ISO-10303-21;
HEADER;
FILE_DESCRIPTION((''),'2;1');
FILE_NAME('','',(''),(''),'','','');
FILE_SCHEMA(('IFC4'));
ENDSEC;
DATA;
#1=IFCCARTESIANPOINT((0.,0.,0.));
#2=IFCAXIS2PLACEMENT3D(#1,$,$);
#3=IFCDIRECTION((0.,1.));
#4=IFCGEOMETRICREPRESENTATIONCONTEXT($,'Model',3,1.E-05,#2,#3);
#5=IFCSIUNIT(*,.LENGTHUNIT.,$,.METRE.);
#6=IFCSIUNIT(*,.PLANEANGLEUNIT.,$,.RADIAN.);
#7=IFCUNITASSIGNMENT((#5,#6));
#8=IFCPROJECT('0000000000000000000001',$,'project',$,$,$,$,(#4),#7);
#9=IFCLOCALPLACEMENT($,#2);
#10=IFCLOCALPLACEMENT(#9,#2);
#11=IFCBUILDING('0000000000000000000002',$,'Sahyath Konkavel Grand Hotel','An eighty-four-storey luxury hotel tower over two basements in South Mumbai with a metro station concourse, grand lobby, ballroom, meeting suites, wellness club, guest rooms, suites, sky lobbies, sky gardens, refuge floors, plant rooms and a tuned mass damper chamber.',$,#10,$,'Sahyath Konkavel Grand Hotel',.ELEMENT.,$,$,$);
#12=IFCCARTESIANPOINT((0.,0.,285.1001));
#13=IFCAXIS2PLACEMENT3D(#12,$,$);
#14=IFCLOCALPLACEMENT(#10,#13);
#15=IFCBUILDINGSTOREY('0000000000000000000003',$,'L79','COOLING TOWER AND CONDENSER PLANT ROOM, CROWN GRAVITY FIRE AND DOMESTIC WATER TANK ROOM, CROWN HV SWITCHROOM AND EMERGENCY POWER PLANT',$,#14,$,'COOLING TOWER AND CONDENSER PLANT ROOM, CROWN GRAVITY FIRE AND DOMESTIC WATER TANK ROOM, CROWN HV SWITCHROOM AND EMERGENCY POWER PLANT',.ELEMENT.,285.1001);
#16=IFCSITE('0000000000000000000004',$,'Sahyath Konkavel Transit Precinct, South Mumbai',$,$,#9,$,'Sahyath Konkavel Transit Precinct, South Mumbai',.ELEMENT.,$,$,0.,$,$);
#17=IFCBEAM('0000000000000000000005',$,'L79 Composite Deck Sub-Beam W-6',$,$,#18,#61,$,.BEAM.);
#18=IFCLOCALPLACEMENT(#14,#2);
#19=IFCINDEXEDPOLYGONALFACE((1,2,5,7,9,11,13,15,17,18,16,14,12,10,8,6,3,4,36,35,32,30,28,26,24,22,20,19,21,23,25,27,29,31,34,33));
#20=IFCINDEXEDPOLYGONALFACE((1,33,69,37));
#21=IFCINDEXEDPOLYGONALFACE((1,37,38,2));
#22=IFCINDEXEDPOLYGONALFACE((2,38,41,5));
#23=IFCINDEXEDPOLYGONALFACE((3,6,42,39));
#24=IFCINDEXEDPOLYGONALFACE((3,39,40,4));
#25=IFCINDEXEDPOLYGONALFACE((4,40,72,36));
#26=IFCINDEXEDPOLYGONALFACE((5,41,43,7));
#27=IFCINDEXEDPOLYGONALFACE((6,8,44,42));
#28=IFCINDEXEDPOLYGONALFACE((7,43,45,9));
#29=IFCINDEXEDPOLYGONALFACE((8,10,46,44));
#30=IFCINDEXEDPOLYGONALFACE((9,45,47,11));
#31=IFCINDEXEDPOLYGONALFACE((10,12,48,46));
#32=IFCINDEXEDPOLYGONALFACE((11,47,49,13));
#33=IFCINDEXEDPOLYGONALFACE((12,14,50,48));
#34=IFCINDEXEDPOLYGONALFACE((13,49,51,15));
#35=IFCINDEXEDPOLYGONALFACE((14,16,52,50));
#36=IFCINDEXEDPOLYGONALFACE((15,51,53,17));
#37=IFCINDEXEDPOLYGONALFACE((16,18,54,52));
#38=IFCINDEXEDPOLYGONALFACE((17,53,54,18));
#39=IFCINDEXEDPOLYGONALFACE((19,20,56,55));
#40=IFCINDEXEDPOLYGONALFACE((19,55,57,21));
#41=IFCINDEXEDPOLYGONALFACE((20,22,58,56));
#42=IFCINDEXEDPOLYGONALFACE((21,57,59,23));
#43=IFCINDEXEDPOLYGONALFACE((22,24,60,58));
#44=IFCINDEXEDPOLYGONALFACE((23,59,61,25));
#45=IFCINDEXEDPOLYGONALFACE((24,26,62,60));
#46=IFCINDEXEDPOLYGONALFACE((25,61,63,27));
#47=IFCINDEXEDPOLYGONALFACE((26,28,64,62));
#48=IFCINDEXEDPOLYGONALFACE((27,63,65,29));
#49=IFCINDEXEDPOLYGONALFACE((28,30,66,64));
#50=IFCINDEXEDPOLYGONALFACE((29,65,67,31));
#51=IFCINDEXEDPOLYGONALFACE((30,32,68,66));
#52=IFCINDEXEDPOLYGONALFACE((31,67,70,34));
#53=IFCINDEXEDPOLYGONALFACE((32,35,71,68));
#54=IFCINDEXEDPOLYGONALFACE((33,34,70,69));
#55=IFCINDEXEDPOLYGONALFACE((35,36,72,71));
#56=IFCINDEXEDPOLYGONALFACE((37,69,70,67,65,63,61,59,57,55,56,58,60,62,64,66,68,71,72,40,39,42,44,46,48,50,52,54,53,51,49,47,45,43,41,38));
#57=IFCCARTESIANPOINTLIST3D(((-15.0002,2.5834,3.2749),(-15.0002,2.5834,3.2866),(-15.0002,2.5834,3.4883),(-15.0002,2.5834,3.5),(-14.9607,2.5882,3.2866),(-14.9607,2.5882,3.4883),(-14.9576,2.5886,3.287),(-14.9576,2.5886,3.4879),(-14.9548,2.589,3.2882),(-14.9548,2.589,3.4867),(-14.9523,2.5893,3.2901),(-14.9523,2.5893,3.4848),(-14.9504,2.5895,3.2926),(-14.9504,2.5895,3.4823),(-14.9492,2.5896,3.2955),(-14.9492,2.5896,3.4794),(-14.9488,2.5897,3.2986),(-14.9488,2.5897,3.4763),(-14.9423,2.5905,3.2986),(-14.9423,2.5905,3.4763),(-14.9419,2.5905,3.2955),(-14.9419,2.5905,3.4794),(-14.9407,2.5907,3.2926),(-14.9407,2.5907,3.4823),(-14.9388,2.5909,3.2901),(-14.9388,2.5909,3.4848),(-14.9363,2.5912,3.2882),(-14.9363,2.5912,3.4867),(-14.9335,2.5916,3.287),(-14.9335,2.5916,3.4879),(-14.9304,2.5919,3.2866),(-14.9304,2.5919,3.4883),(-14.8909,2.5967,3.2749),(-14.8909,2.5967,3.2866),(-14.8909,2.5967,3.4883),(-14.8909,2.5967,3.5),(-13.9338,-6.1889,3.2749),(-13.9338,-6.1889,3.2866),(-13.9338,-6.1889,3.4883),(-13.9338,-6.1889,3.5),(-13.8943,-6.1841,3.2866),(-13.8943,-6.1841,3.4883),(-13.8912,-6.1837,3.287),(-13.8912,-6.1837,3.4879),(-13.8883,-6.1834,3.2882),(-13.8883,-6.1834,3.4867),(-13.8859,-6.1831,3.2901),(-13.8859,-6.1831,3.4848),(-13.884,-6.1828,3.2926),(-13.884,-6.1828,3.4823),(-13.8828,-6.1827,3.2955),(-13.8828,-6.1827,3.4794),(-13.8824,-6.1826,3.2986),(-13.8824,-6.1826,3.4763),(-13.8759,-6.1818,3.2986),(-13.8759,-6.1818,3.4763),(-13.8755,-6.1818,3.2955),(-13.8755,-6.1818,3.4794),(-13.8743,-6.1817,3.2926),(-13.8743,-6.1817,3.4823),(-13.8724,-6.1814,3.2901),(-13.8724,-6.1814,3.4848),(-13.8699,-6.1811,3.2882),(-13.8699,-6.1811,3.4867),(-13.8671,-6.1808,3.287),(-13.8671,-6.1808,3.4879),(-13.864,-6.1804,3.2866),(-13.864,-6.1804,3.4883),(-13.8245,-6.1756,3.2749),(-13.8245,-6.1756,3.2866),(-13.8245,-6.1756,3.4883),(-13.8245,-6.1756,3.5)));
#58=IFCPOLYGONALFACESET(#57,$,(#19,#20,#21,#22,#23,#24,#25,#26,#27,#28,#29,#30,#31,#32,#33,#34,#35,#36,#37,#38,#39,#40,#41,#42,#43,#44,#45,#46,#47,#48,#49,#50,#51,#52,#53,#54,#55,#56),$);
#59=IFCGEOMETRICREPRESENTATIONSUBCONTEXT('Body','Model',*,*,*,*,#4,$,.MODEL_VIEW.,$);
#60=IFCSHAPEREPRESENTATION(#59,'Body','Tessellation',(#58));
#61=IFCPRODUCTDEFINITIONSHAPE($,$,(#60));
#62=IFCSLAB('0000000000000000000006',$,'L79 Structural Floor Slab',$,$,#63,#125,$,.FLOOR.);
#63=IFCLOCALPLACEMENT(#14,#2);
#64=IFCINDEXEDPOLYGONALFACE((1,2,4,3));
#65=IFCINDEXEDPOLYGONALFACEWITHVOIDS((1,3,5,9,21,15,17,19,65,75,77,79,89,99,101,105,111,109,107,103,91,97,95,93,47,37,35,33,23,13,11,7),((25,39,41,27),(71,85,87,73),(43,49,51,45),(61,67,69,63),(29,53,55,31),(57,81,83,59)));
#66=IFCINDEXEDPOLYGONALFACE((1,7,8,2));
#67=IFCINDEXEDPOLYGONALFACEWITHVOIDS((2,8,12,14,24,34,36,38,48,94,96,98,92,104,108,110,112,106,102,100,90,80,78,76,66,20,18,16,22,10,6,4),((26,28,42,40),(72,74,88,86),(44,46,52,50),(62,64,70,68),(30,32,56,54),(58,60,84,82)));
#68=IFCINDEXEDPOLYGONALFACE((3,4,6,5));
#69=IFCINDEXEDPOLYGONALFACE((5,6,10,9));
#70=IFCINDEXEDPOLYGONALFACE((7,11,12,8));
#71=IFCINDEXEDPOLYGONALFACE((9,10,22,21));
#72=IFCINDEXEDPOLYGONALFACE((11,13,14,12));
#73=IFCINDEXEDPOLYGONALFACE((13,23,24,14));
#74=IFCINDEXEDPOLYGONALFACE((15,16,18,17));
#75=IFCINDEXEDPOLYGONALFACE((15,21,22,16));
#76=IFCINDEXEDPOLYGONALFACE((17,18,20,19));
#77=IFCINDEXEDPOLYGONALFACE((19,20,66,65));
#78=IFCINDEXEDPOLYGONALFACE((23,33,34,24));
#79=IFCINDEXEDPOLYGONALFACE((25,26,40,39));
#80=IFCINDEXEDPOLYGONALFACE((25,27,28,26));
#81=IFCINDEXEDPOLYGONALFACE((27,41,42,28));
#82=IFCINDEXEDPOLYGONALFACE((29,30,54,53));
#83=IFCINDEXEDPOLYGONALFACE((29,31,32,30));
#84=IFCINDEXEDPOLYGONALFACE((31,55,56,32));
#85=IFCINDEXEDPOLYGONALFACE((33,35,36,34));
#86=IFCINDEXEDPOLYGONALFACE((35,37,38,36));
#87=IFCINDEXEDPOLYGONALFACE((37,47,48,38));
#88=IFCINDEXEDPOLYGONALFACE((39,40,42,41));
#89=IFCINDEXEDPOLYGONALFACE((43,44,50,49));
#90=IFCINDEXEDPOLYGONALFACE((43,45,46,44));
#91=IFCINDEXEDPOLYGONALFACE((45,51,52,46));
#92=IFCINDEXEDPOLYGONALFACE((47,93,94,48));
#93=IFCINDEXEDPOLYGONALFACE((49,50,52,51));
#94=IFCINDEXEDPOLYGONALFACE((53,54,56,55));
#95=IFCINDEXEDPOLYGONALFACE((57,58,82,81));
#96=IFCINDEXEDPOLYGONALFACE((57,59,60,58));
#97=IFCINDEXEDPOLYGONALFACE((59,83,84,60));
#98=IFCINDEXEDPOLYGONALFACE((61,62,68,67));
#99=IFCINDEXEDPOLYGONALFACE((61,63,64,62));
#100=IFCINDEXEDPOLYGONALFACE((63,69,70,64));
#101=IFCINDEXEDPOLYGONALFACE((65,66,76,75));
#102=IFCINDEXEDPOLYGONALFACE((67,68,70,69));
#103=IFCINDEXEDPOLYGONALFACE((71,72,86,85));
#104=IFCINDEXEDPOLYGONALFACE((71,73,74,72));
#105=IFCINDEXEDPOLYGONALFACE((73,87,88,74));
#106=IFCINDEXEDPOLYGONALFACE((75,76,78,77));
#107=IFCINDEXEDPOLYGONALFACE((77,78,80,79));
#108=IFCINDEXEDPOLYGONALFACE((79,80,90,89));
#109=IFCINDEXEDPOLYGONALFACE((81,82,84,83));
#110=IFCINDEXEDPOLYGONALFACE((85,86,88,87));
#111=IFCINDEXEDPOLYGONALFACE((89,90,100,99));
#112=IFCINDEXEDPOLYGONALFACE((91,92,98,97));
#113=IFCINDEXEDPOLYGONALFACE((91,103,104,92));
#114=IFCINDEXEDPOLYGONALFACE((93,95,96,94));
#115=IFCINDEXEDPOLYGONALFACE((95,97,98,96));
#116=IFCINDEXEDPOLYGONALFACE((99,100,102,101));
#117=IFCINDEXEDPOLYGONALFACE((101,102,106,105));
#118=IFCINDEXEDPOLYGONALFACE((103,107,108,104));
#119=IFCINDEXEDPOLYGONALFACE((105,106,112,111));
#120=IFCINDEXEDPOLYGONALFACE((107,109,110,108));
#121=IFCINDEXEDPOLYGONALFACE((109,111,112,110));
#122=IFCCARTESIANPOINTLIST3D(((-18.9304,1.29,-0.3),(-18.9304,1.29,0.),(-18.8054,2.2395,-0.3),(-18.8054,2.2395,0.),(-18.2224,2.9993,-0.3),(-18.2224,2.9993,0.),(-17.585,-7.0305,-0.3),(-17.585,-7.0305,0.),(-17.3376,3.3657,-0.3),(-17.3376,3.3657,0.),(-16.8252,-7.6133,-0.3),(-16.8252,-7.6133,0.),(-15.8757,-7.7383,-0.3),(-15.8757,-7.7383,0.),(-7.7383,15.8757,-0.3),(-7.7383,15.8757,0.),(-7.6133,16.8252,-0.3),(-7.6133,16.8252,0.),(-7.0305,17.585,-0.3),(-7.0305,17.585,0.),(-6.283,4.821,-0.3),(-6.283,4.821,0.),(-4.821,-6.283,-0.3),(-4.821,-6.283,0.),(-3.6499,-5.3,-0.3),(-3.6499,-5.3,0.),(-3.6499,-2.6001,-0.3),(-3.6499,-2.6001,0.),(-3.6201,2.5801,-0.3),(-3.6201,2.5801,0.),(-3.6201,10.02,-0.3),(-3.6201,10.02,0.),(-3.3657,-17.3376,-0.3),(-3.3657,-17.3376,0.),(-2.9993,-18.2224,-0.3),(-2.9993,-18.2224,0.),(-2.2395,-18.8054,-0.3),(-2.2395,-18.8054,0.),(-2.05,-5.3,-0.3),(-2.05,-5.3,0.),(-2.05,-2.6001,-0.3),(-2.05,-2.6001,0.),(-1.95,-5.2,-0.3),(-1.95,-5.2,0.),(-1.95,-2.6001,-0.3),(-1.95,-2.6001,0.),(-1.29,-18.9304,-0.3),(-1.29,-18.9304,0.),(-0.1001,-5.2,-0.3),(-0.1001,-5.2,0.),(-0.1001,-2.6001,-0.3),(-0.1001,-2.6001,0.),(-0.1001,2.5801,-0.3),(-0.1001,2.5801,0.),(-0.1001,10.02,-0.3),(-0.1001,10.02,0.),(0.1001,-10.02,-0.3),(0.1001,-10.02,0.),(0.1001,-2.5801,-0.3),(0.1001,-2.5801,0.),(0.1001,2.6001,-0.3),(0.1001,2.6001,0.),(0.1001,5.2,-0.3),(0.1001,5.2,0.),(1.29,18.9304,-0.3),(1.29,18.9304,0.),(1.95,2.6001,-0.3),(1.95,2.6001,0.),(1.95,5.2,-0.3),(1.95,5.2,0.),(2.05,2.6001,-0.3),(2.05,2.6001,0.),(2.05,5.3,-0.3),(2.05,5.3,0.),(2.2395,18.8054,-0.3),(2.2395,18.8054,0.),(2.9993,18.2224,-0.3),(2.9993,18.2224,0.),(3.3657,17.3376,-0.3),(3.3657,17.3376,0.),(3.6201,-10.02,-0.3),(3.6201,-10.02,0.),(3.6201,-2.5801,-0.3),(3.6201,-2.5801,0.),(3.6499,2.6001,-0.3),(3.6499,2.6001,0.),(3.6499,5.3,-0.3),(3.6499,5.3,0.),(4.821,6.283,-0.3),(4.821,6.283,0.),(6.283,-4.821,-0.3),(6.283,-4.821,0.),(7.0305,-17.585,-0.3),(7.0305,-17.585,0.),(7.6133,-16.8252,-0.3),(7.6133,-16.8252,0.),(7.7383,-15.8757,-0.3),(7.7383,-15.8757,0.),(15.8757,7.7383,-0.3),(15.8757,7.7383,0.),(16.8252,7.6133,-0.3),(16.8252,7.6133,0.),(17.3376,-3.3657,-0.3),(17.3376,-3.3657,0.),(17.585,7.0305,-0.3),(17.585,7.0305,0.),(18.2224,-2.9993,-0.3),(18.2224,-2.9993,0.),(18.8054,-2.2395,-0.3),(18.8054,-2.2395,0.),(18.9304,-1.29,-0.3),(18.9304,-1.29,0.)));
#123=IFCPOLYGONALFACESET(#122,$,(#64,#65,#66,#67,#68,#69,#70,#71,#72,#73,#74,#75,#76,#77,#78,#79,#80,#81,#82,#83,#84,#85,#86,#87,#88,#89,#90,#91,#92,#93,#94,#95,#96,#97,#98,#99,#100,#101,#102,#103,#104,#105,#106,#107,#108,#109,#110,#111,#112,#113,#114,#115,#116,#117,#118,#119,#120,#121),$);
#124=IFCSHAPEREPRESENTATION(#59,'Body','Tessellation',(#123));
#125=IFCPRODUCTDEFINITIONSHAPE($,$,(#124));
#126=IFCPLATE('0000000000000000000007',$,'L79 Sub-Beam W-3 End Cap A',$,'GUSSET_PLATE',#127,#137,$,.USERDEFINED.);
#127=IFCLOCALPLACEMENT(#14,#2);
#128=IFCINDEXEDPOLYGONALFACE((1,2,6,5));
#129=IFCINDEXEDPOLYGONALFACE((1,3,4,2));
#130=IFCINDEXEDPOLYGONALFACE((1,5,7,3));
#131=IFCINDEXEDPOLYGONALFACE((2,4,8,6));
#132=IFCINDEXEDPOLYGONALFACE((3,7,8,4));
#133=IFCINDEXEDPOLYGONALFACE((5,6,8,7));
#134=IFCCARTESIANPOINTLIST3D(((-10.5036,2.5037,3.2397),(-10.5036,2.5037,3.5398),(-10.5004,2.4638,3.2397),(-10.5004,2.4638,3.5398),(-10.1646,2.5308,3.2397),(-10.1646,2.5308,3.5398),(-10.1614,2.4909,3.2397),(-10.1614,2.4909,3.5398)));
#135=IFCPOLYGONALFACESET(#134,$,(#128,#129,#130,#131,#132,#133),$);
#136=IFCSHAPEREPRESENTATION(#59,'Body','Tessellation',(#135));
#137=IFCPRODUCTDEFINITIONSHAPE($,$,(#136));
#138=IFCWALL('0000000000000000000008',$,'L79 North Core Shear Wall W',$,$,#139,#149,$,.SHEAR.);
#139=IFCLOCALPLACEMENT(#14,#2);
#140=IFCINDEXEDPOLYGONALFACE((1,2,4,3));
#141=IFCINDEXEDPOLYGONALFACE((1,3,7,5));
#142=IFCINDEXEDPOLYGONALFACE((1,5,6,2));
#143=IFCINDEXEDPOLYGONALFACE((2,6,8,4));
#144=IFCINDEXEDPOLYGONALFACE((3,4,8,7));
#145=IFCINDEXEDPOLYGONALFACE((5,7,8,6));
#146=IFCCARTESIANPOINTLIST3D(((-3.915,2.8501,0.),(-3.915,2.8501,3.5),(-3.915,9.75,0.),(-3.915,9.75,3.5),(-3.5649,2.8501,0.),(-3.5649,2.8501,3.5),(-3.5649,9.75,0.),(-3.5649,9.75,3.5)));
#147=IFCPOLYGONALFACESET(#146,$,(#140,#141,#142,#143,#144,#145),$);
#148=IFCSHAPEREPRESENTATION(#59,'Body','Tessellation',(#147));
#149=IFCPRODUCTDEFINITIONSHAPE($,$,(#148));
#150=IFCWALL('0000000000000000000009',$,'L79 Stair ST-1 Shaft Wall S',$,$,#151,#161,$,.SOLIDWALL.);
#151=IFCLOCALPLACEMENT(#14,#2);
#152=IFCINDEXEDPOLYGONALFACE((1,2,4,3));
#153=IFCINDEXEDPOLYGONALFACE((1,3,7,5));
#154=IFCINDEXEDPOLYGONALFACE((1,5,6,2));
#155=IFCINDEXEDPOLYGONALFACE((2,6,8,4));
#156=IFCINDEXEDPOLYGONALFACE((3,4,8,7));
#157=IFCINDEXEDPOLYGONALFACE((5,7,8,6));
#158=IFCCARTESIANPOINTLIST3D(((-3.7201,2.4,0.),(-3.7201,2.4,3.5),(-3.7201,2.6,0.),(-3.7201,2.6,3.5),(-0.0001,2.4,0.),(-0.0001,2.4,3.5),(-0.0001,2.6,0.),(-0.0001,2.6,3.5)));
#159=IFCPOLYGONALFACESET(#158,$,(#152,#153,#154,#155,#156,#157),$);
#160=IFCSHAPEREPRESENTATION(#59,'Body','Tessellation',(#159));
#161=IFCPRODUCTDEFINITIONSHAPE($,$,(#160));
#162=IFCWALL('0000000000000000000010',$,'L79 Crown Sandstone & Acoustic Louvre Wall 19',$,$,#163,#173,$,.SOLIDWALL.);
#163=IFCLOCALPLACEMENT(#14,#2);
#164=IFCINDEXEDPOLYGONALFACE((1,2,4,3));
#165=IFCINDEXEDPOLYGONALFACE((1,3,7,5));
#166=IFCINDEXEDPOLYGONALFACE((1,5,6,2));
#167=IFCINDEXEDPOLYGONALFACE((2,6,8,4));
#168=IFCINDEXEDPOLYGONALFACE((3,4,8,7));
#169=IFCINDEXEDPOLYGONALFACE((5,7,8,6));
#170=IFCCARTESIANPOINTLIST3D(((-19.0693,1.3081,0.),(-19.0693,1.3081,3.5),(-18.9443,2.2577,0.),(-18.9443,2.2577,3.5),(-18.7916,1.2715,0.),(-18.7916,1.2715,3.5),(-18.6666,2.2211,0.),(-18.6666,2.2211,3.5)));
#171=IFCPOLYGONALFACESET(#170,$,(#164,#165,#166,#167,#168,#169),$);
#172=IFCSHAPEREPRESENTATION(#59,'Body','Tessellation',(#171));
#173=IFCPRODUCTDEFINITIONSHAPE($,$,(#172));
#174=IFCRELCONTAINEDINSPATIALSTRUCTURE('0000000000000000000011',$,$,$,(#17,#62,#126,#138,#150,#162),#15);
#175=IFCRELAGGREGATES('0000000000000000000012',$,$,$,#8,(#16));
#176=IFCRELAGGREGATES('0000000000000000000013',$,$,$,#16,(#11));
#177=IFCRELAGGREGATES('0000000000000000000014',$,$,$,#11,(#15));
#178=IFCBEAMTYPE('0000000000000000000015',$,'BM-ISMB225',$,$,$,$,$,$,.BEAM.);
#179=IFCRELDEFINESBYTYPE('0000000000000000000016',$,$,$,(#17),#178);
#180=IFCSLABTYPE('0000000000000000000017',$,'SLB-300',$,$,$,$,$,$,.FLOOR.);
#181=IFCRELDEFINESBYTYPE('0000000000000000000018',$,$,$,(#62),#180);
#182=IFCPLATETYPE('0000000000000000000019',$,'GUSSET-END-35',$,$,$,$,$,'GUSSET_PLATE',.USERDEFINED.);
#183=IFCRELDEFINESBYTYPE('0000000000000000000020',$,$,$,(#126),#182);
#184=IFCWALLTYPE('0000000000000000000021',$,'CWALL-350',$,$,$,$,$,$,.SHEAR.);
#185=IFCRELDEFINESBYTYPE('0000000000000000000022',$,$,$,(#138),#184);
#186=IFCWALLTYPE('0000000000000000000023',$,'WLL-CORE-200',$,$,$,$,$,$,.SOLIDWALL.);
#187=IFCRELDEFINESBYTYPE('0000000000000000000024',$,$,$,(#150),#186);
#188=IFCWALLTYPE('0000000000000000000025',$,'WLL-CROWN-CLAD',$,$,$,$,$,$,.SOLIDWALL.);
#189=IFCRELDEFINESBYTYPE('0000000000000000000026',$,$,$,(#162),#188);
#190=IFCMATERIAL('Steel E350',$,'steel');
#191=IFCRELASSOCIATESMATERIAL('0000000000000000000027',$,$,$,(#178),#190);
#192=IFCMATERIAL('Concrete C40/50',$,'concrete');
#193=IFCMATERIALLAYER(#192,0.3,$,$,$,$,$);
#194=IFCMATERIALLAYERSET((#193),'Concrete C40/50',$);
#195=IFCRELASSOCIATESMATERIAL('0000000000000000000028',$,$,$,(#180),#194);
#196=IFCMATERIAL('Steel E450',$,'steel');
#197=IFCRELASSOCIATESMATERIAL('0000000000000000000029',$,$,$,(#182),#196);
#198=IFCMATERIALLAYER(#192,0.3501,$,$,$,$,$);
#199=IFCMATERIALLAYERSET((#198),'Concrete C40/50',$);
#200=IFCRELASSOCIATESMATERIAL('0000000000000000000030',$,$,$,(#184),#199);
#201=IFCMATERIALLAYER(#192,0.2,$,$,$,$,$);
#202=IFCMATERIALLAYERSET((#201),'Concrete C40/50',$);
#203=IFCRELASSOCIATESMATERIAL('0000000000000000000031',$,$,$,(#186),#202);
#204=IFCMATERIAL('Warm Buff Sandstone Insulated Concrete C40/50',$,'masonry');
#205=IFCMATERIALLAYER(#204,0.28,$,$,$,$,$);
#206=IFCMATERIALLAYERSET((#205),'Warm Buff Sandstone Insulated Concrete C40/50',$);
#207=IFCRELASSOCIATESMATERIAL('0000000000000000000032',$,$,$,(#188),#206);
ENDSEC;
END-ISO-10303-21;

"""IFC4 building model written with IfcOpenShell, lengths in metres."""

from ifc_helpers import new_model, si_unit, direction, frame, frame_2d, origin, origin_2d, place, context, subcontext, project, spatial, polyline, rectangle, i_section, outline, extrude, source, transform, mapped, material, layer, layer_set, material_profile, profile_set, type_object, element, save


model = new_model("IFC4")

# Units and contexts
model_context = context("Model", 3, precision=1e-05, world=origin(), true_north=direction((0.0, 1.0)))
body_context = subcontext(model_context, "Body", "Model", "MODEL_VIEW")
ifc_project = project(units=[si_unit("LENGTHUNIT", "METRE"), si_unit("PLANEANGLEUNIT", "RADIAN")], contexts=[model_context])

# Site, building, storey
site_placement = place(None, origin())
site = spatial("IfcSite", under=ifc_project, at=site_placement, Name="Sahyath Konkavel Transit Precinct, South Mumbai", LongName="Sahyath Konkavel Transit Precinct, South Mumbai", CompositionType="ELEMENT", RefElevation=0.0)
building_placement = place(site_placement, origin())
building = spatial("IfcBuilding", under=site, at=building_placement, Name="Sahyath Konkavel Grand Hotel", Description="An eighty-four-storey luxury hotel tower over two basements in South Mumbai with a metro station concourse, grand lobby, ballroom, meeting suites, wellness club, guest rooms, suites, sky lobbies, sky gardens, refuge floors, plant rooms and a tuned mass damper chamber.", LongName="Sahyath Konkavel Grand Hotel", CompositionType="ELEMENT")
storey_placement = place(building_placement, frame((0.0, 0.0, 285.1001)))
storey = spatial("IfcBuildingStorey", under=building, at=storey_placement, Name="L79", Description="COOLING TOWER AND CONDENSER PLANT ROOM, CROWN GRAVITY FIRE AND DOMESTIC WATER TANK ROOM, CROWN HV SWITCHROOM AND EMERGENCY POWER PLANT", LongName="COOLING TOWER AND CONDENSER PLANT ROOM, CROWN GRAVITY FIRE AND DOMESTIC WATER TANK ROOM, CROWN HV SWITCHROOM AND EMERGENCY POWER PLANT", CompositionType="ELEMENT", Elevation=285.1001)

# Shared definitions
ifc_material_1 = material(Name="Concrete C40/50", Category="concrete")

# Beam
ifc_material_2 = material(Name="Steel E350", Category="steel")
ifc_material_profile_1 = material_profile(ifc_material_2, i_section(OverallWidth=0.1101, OverallDepth=0.2251, WebThickness=0.0066, FlangeThickness=0.0117, FilletRadius=0.012, at=origin_2d()), Name="ISMB 225")
ifc_profile_set_1 = profile_set([ifc_material_profile_1], Name="Steel E350")
beam_type_1 = type_object("IfcBeamType", Name="BM-ISMB225", PredefinedType="BEAM", material=ifc_profile_set_1)
shared_shape_1 = source(origin(), body_context, "Body", "SweptSolid", [
    extrude(i_section(OverallWidth=0.1101, OverallDepth=0.2251, WebThickness=0.0066, FlangeThickness=0.0117, FilletRadius=0.012, at=origin_2d()), origin(), (0.0, 0.0, 1.0), 8.8369),
])
beam_1_placement = place(storey_placement, frame((-14.9456, 2.5901, 3.3875), z_axis=(0.120678, -0.992692, 0.0), x_axis=(0.992692, 0.120678, 0.0)))
element("IfcBeam", 1, at=beam_1_placement, inside=storey, type_object=beam_type_1, Name="L79 Composite Deck Sub-Beam W-6", PredefinedType="BEAM", context=body_context, shape_type="MappedRepresentation", body=[
    mapped(shared_shape_1, transform((0.0, 0.0, 0.0), scale=1.0)),
])

# Slab
ifc_layer_1 = layer(ifc_material_1, 0.3)
ifc_layer_set_1 = layer_set([ifc_layer_1], Name="Concrete C40/50")
slab_type = type_object("IfcSlabType", Name="SLB-300", PredefinedType="FLOOR", material=ifc_layer_set_1)
slab_placement = place(storey_placement, frame((0.0, 0.0, -0.3)))
element("IfcSlab", 2, at=slab_placement, inside=storey, type_object=slab_type, Name="L79 Structural Floor Slab", PredefinedType="FLOOR", context=body_context, shape_type="SweptSolid", body=[
    extrude(outline(polyline([(6.283, -4.821), (17.3376, -3.3657), (18.2224, -2.9993), (18.8054, -2.2395), (18.9304, -1.29), (17.585, 7.0305), (16.8252, 7.6133), (15.8757, 7.7383), (4.821, 6.283), (3.3657, 17.3376), (2.9993, 18.2224), (2.2395, 18.8054), (1.29, 18.9304), (-7.0305, 17.585), (-7.6133, 16.8252), (-7.7383, 15.8757), (-6.283, 4.821), (-17.3376, 3.3657), (-18.2224, 2.9993), (-18.8054, 2.2395), (-18.9304, 1.29), (-17.585, -7.0305), (-16.8252, -7.6133), (-15.8757, -7.7383), (-4.821, -6.283), (-3.3657, -17.3376), (-2.9993, -18.2224), (-2.2395, -18.8054), (-1.29, -18.9304), (7.0305, -17.585), (7.6133, -16.8252), (7.7383, -15.8757), (6.283, -4.821)]), holes=[polyline([(-3.6201, 2.5801), (-0.1001, 2.5801), (-0.1001, 10.02), (-3.6201, 10.02), (-3.6201, 2.5801)]), polyline([(0.1001, -10.02), (3.6201, -10.02), (3.6201, -2.5801), (0.1001, -2.5801), (0.1001, -10.02)]), polyline([(0.1001, 2.6001), (1.95, 2.6001), (1.95, 5.2), (0.1001, 5.2), (0.1001, 2.6001)]), polyline([(-1.95, -5.2), (-0.1001, -5.2), (-0.1001, -2.6001), (-1.95, -2.6001), (-1.95, -5.2)]), polyline([(2.05, 2.6001), (3.6499, 2.6001), (3.6499, 5.3), (2.05, 5.3), (2.05, 2.6001)]), polyline([(-3.6499, -5.3), (-2.05, -5.3), (-2.05, -2.6001), (-3.6499, -2.6001), (-3.6499, -5.3)])]), origin(), (0.0, 0.0, 1.0), 0.3),
])

# Plate
ifc_material_3 = material(Name="Steel E450", Category="steel")
plate_type = type_object("IfcPlateType", Name="GUSSET-END-35", ElementType="GUSSET_PLATE", PredefinedType="USERDEFINED", material=ifc_material_3)
shared_shape_2 = source(origin(), body_context, "Body", "SweptSolid", [
    extrude(rectangle(XDim=0.04, YDim=0.3401, at=origin_2d()), origin(), (0.0, 0.0, 1.0), 0.3),
])
plate_placement = place(storey_placement, frame((-10.3325, 2.4973, 3.2397), z_axis=(0.0, 0.0, 1.0), x_axis=(0.079607, -0.996826, 0.0)))
element("IfcPlate", 3, at=plate_placement, inside=storey, type_object=plate_type, Name="L79 Sub-Beam W-3 End Cap A", ObjectType="GUSSET_PLATE", PredefinedType="USERDEFINED", context=body_context, shape_type="MappedRepresentation", body=[
    mapped(shared_shape_2, transform((0.0, 0.0, 0.0), scale=1.0)),
])

# Walls
ifc_layer_2 = layer(ifc_material_1, 0.3501)
ifc_layer_set_2 = layer_set([ifc_layer_2], Name="Concrete C40/50")
wall_type_1 = type_object("IfcWallType", Name="CWALL-350", PredefinedType="SHEAR", material=ifc_layer_set_2)
wall_1_placement = place(storey_placement, frame((-3.74, 2.8501, 0.0), z_axis=(0.0, 0.0, 1.0), x_axis=(0.0, 1.0, 0.0)))
element("IfcWall", 4, at=wall_1_placement, inside=storey, type_object=wall_type_1, Name="L79 North Core Shear Wall W", PredefinedType="SHEAR", context=body_context, shape_type="SweptSolid", body=[
    extrude(rectangle(XDim=6.8999, YDim=0.3501, at=frame_2d((3.45, 0.0))), origin(), (0.0, 0.0, 1.0), 3.5),
])
ifc_layer_3 = layer(ifc_material_1, 0.2)
ifc_layer_set_3 = layer_set([ifc_layer_3], Name="Concrete C40/50")
wall_type_2 = type_object("IfcWallType", Name="WLL-CORE-200", PredefinedType="SOLIDWALL", material=ifc_layer_set_3)
wall_2_placement = place(storey_placement, frame((-3.72, 2.5, 0.0), z_axis=(0.0, 0.0, 1.0), x_axis=(1.0, 0.0, 0.0)))
element("IfcWall", 5, at=wall_2_placement, inside=storey, type_object=wall_type_2, Name="L79 Stair ST-1 Shaft Wall S", PredefinedType="SOLIDWALL", context=body_context, shape_type="SweptSolid", body=[
    extrude(rectangle(XDim=3.72, YDim=0.2, at=frame_2d((1.8599, 0.0))), origin(), (0.0, 0.0, 1.0), 3.5),
])
ifc_material_4 = material(Name="Warm Buff Sandstone Insulated Concrete C40/50", Category="masonry")
ifc_layer_4 = layer(ifc_material_4, 0.28)
ifc_layer_set_4 = layer_set([ifc_layer_4], Name="Warm Buff Sandstone Insulated Concrete C40/50")
wall_type_3 = type_object("IfcWallType", Name="WLL-CROWN-CLAD", PredefinedType="SOLIDWALL", material=ifc_layer_set_4)
wall_3_placement = place(storey_placement, frame((-18.8054, 2.2395, 0.0), z_axis=(0.0, 0.0, 1.0), x_axis=(-0.130527, -0.991445, 0.0)))
element("IfcWall", 6, at=wall_3_placement, inside=storey, type_object=wall_type_3, Name="L79 Crown Sandstone & Acoustic Louvre Wall 19", PredefinedType="SOLIDWALL", context=body_context, shape_type="SweptSolid", body=[
    extrude(rectangle(XDim=0.9578, YDim=0.28, at=frame_2d((0.479, 0.0))), origin(), (0.0, 0.0, 1.0), 3.5),
])

save(model, "model.ifc")
